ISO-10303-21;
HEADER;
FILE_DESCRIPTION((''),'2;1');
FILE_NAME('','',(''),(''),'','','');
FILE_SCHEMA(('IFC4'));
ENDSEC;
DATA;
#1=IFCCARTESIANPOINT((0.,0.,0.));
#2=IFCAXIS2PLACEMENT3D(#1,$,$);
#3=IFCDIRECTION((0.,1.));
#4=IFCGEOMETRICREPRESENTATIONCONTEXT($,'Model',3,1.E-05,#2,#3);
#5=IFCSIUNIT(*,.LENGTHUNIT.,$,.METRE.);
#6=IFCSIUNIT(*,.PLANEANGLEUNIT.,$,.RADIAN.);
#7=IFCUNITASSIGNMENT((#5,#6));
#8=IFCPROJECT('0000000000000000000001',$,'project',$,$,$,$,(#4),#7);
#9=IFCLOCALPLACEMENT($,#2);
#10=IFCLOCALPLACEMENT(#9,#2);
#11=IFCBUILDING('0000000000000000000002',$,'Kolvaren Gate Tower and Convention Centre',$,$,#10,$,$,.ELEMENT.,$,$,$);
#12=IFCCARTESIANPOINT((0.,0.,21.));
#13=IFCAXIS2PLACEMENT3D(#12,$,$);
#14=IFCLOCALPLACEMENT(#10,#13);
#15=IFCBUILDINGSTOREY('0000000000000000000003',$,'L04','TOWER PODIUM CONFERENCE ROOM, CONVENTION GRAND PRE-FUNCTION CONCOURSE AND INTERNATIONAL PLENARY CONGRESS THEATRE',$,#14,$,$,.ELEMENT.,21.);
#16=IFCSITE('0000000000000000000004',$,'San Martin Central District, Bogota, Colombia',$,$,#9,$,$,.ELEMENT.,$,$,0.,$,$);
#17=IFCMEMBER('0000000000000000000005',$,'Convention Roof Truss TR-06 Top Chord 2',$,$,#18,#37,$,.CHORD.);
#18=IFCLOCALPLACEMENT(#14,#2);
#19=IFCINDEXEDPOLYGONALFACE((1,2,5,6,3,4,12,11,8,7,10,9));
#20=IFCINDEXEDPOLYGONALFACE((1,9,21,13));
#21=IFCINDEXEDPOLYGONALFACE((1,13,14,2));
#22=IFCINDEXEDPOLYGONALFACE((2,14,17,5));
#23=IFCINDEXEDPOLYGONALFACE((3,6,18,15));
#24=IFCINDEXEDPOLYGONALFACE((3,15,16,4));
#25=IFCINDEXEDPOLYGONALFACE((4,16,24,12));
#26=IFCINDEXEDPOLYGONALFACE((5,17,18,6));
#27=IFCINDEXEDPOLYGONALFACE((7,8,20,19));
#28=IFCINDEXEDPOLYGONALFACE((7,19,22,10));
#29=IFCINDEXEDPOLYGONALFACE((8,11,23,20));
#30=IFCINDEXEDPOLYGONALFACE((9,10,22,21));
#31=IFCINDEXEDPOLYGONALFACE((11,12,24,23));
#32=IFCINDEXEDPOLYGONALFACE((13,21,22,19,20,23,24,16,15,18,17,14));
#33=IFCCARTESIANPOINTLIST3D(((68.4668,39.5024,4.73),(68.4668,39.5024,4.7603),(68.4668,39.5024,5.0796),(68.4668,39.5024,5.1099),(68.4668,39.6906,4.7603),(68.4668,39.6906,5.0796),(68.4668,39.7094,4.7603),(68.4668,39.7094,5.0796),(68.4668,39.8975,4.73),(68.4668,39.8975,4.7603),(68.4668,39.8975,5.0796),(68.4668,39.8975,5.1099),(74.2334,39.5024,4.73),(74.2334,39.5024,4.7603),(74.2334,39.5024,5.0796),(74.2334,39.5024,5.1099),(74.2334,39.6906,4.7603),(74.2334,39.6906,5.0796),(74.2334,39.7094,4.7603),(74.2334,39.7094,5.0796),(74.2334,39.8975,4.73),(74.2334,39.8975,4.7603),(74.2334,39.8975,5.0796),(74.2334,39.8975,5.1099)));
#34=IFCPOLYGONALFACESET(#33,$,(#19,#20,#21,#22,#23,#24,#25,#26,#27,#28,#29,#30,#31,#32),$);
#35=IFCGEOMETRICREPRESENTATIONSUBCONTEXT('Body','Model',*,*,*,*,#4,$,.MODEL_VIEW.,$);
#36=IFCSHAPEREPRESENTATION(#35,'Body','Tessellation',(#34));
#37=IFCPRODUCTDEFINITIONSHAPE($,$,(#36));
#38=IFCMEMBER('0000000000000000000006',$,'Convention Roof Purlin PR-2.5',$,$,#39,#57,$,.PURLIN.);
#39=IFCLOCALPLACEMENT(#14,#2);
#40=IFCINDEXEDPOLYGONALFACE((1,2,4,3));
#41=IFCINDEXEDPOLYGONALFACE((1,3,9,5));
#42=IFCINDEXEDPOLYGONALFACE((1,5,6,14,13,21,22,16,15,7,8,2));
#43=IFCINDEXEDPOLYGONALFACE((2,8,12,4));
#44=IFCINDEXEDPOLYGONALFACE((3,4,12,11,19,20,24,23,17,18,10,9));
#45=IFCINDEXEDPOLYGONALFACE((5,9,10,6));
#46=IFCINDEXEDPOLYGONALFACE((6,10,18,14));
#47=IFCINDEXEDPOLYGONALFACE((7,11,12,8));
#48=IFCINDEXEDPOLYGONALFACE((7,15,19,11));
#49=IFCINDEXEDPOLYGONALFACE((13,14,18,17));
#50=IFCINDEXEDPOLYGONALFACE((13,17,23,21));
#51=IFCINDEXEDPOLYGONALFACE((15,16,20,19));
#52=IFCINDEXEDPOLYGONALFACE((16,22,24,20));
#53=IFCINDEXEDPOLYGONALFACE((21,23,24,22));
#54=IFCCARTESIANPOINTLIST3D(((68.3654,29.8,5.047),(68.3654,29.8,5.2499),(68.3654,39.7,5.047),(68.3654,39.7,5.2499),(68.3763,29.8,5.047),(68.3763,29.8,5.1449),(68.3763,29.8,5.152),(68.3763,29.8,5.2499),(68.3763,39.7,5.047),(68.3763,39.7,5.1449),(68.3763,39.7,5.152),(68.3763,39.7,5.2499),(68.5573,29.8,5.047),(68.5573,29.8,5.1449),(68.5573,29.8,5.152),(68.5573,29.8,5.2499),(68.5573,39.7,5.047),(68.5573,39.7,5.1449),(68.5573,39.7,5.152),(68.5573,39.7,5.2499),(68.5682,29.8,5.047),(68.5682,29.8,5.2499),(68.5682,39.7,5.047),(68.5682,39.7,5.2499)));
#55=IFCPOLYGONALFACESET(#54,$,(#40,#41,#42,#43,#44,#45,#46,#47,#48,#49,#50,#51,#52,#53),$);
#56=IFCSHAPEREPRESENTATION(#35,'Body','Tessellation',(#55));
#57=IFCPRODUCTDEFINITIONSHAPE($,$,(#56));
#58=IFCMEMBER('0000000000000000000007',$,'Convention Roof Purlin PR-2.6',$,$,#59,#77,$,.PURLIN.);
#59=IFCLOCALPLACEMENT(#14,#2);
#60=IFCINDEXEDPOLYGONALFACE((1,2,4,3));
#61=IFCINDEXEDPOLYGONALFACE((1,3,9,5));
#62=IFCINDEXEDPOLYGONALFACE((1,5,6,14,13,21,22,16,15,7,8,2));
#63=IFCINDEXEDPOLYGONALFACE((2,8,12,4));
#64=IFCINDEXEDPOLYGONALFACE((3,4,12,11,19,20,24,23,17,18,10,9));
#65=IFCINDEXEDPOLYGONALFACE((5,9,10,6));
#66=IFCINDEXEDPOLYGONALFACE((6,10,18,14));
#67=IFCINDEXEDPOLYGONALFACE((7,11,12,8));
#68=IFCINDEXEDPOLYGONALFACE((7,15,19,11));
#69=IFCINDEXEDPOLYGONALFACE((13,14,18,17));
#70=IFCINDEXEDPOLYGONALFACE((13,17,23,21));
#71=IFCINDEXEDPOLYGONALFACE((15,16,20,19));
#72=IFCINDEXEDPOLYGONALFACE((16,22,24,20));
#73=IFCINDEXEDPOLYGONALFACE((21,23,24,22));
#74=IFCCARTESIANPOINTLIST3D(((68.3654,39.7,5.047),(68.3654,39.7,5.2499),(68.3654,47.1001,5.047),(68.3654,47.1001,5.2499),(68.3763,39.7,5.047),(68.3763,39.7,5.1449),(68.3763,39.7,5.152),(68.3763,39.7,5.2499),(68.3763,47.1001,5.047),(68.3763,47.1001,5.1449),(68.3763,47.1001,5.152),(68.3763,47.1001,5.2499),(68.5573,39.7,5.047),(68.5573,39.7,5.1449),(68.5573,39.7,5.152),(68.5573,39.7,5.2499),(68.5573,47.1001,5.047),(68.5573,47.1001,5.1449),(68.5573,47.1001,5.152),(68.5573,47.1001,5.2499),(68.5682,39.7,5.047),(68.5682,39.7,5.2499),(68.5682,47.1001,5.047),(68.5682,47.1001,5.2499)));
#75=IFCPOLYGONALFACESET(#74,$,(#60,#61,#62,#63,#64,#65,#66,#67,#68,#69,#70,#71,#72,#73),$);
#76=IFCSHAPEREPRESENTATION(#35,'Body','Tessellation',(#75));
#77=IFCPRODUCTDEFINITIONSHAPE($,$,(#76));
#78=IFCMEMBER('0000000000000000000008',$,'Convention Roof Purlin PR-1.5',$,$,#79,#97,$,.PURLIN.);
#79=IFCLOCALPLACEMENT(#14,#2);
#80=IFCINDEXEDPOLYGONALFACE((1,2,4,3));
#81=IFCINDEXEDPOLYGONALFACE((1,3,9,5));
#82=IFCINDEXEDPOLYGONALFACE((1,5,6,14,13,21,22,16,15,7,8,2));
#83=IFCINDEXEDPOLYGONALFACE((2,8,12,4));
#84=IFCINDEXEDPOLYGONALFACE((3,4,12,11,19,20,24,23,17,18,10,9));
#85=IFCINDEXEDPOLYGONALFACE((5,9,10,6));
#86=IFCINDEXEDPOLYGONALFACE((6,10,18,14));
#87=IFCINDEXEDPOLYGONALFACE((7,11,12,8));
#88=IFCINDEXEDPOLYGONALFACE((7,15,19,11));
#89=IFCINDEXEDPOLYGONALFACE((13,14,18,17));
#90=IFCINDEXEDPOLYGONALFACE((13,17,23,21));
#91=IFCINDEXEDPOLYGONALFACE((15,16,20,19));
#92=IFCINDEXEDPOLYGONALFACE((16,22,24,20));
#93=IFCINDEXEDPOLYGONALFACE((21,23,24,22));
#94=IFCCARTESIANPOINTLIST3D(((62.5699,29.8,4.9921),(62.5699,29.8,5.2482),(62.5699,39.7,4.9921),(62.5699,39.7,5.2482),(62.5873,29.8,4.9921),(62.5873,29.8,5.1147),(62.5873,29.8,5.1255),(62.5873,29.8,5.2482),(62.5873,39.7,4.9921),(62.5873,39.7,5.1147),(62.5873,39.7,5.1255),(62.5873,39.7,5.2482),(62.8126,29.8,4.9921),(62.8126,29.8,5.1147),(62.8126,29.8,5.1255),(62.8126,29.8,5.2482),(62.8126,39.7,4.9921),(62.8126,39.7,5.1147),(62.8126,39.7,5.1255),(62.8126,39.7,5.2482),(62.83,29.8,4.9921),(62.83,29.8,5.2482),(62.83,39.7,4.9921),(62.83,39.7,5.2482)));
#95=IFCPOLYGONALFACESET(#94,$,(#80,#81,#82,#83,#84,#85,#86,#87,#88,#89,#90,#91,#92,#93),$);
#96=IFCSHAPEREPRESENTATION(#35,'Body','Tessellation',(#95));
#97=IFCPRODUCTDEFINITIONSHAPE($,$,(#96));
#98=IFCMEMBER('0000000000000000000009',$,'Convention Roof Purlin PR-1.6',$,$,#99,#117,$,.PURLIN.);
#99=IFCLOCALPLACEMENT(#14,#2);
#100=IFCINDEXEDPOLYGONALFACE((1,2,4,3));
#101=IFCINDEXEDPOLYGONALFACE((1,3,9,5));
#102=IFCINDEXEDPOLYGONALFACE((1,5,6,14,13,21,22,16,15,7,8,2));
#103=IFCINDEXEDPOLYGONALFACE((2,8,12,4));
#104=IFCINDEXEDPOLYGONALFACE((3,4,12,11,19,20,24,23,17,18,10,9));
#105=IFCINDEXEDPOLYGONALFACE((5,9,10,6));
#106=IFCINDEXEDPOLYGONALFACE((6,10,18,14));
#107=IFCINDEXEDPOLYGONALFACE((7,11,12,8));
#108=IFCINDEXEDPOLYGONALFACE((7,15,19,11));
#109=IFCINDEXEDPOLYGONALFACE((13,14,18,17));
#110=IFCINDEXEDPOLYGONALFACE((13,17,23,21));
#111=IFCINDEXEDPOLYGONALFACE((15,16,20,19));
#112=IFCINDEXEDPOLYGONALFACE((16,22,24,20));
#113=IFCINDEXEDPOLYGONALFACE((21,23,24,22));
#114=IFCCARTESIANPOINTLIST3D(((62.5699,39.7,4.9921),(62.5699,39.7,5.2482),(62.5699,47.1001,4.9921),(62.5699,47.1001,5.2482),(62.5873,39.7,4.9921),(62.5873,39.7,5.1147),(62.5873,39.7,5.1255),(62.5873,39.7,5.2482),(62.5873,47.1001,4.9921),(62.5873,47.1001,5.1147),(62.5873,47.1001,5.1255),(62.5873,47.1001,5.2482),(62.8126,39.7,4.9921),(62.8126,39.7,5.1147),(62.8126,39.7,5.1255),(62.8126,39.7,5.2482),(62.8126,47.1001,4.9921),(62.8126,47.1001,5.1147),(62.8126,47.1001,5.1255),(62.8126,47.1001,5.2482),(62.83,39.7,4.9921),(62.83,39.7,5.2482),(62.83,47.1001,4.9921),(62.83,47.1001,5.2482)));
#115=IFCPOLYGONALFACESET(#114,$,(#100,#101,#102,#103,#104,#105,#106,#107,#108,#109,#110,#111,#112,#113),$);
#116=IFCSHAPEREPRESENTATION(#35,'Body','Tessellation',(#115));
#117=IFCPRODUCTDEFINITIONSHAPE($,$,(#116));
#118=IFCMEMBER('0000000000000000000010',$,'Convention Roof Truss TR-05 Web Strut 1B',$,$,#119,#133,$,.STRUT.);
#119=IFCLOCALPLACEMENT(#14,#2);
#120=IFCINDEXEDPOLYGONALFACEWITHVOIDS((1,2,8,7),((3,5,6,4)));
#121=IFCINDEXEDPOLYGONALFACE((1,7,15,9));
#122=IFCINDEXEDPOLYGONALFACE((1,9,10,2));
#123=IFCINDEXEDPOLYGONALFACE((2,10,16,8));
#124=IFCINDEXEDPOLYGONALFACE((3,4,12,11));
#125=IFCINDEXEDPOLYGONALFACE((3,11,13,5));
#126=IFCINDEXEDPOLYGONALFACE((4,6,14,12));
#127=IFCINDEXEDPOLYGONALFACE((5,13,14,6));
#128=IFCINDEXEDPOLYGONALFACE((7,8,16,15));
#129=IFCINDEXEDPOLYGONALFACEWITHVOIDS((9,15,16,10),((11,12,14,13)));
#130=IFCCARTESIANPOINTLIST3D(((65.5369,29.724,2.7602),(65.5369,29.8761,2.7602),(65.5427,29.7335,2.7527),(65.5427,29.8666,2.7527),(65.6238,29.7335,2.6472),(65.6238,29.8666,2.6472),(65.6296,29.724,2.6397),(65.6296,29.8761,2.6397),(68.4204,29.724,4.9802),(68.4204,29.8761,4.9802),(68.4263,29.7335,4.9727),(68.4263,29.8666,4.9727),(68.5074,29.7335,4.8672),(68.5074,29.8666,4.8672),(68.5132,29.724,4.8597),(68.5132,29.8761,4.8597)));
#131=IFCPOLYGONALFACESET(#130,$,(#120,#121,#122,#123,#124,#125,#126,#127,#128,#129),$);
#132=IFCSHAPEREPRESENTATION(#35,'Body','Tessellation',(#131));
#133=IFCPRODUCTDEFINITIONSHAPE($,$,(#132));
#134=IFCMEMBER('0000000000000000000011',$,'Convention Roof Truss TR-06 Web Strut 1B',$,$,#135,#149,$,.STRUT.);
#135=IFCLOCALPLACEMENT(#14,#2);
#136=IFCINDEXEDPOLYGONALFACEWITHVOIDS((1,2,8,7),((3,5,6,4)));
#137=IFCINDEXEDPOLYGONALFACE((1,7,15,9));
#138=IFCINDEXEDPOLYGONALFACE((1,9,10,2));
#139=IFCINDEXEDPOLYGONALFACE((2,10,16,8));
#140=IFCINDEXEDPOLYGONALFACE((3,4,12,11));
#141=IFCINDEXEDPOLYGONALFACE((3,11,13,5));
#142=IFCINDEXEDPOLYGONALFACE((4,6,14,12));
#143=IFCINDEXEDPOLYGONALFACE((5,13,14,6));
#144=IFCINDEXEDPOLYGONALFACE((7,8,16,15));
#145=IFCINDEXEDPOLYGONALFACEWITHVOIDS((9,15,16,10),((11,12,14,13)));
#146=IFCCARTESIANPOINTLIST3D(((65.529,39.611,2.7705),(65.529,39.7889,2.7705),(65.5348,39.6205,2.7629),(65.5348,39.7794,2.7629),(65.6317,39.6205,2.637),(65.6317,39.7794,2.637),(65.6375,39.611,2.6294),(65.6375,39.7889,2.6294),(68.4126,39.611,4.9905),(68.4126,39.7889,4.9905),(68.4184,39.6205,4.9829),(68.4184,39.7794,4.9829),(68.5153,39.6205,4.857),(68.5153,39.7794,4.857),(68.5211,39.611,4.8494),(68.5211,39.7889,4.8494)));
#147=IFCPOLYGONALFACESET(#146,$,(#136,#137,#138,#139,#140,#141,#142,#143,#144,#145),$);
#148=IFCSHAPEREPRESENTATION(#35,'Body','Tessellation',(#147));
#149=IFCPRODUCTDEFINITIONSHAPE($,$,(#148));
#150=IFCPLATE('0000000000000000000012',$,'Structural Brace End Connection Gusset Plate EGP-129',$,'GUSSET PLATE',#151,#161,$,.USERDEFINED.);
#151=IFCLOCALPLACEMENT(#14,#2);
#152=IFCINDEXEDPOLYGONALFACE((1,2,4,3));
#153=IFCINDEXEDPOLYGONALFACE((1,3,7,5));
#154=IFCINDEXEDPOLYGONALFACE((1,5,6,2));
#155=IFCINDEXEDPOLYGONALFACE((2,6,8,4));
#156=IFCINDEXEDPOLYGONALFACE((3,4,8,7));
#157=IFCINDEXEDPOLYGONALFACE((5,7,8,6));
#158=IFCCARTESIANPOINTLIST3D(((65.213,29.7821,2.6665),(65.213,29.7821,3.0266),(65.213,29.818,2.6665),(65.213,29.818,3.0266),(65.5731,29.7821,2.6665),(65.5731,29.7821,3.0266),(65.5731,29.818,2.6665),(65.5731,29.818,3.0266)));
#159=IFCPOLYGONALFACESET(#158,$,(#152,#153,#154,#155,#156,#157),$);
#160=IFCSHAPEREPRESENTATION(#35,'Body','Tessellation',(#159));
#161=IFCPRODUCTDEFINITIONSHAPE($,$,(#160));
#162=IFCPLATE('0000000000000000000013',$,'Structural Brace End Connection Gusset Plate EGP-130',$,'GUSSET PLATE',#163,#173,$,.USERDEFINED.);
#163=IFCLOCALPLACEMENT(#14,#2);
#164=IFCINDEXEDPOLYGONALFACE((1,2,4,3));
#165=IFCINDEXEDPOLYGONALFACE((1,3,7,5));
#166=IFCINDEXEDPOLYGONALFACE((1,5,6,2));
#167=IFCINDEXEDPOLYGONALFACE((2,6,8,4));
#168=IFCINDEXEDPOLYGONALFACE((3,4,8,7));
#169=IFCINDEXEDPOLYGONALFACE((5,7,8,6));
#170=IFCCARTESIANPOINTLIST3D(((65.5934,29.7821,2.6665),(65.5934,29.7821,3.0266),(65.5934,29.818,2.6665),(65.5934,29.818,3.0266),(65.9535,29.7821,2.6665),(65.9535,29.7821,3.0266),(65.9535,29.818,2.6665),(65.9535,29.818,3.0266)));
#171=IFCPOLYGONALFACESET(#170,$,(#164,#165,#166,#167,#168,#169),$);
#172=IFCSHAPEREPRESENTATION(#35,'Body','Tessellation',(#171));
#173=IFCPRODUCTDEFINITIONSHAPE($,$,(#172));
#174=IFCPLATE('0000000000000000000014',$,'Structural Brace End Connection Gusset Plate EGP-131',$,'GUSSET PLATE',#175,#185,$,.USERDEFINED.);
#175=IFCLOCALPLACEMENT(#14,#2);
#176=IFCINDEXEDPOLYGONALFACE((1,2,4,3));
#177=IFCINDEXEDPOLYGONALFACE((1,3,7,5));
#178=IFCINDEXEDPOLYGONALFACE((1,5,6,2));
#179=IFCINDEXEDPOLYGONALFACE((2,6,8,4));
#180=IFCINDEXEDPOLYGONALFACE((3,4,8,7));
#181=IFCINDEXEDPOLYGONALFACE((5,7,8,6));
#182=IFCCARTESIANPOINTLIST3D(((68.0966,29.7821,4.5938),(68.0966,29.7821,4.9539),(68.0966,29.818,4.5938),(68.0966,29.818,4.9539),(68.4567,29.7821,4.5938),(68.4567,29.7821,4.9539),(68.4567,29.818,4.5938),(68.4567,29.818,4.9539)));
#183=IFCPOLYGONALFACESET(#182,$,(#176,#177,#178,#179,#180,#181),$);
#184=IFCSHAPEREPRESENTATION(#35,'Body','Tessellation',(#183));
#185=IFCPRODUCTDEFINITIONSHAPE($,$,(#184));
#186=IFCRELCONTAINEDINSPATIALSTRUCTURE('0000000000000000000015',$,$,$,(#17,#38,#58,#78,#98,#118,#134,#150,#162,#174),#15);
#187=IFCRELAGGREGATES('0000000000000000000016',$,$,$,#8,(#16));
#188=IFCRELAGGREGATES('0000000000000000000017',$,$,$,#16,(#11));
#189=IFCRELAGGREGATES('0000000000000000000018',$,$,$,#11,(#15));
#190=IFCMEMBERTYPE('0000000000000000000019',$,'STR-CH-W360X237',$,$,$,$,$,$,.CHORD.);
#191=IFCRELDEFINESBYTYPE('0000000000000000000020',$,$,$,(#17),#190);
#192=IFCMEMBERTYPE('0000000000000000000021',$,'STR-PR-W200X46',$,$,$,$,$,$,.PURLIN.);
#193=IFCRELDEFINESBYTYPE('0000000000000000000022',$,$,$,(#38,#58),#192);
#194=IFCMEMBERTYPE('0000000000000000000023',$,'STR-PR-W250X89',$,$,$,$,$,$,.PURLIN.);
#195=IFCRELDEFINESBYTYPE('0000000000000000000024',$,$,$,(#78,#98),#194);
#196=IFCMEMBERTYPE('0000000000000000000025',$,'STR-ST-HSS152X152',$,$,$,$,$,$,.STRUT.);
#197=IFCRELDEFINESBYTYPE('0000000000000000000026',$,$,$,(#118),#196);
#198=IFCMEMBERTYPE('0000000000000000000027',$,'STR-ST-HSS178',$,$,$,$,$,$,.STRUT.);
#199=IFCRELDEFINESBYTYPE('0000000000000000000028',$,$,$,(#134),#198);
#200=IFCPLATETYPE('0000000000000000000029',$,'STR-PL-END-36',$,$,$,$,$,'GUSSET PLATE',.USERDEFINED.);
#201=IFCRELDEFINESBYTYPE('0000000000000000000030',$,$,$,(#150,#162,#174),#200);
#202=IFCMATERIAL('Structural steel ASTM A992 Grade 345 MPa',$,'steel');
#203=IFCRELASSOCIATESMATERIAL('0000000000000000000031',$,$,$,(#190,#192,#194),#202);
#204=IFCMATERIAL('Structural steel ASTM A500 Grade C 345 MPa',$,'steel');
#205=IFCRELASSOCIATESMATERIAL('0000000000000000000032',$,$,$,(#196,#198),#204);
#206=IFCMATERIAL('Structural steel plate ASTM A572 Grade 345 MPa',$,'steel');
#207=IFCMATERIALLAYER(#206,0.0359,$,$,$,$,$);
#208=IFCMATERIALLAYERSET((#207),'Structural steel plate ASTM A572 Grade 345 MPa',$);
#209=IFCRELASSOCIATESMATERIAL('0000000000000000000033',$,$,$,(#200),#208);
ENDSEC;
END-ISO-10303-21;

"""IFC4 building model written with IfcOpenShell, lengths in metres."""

from ifc_helpers import new_model, si_unit, direction, frame, origin, origin_2d, place, context, subcontext, project, spatial, rectangle, hollow_rectangle, i_section, extrude, material, layer, layer_set, material_profile, profile_set, type_object, element, save


model = new_model("IFC4")

# Units and contexts
model_context = context("Model", 3, precision=1e-05, world=origin(), true_north=direction((0.0, 1.0)))
body_context = subcontext(model_context, "Body", "Model", "MODEL_VIEW")
ifc_project = project(units=[si_unit("LENGTHUNIT", "METRE"), si_unit("PLANEANGLEUNIT", "RADIAN")], contexts=[model_context])

# Site, building, storey
site_placement = place(None, origin())
site = spatial("IfcSite", under=ifc_project, at=site_placement, Name="San Martin Central District, Bogota, Colombia", CompositionType="ELEMENT", RefElevation=0.0)
building_placement = place(site_placement, origin())
building = spatial("IfcBuilding", under=site, at=building_placement, Name="Kolvaren Gate Tower and Convention Centre", CompositionType="ELEMENT")
storey_placement = place(building_placement, frame((0.0, 0.0, 21.0)))
storey = spatial("IfcBuildingStorey", under=building, at=storey_placement, Name="L04", Description="TOWER PODIUM CONFERENCE ROOM, CONVENTION GRAND PRE-FUNCTION CONCOURSE AND INTERNATIONAL PLENARY CONGRESS THEATRE", CompositionType="ELEMENT", Elevation=21.0)

# Members
ifc_material_1 = material(Name="Structural steel ASTM A500 Grade C 345 MPa", Category="steel")
ifc_material_2 = material(Name="Structural steel ASTM A992 Grade 345 MPa", Category="steel")
ifc_material_profile_1 = material_profile(ifc_material_2, i_section(OverallWidth=0.395, OverallDepth=0.3799, WebThickness=0.0188, FlangeThickness=0.0303, at=origin_2d()), Name="W360X237")
ifc_profile_set_1 = profile_set([ifc_material_profile_1], Name="Structural steel ASTM A992 Grade 345 MPa")
member_type_1 = type_object("IfcMemberType", Name="STR-CH-W360X237", PredefinedType="CHORD", material=ifc_profile_set_1)
member_1_placement = place(storey_placement, frame((68.4668, 39.7, 4.9199), z_axis=(1.0, 0.0, 0.0), x_axis=(0.0, 1.0, 0.0)))
element("IfcMember", 1, at=member_1_placement, inside=storey, type_object=member_type_1, Name="Convention Roof Truss TR-06 Top Chord 2", PredefinedType="CHORD", context=body_context, shape_type="SweptSolid", body=[
    extrude(i_section(OverallWidth=0.395, OverallDepth=0.3799, WebThickness=0.0188, FlangeThickness=0.0303, at=origin_2d()), origin(), (0.0, 0.0, 1.0), 5.7666),
])
ifc_material_profile_2 = material_profile(ifc_material_2, i_section(OverallWidth=0.2029, OverallDepth=0.2029, WebThickness=0.0071, FlangeThickness=0.011, at=origin_2d()), Name="W200X46")
ifc_profile_set_2 = profile_set([ifc_material_profile_2], Name="Structural steel ASTM A992 Grade 345 MPa")
member_type_2 = type_object("IfcMemberType", Name="STR-PR-W200X46", PredefinedType="PURLIN", material=ifc_profile_set_2)
member_2_placement = place(storey_placement, frame((68.4668, 29.8, 5.1484), z_axis=(0.0, 1.0, 0.0), x_axis=(0.0, 0.0, 1.0)))
element("IfcMember", 2, at=member_2_placement, inside=storey, type_object=member_type_2, Name="Convention Roof Purlin PR-2.5", PredefinedType="PURLIN", context=body_context, shape_type="SweptSolid", body=[
    extrude(i_section(OverallWidth=0.2029, OverallDepth=0.2029, WebThickness=0.0071, FlangeThickness=0.011, at=origin_2d()), origin(), (0.0, 0.0, 1.0), 9.8999),
])
member_3_placement = place(storey_placement, frame((68.4668, 39.7, 5.1484), z_axis=(0.0, 1.0, 0.0), x_axis=(0.0, 0.0, 1.0)))
element("IfcMember", 3, at=member_3_placement, inside=storey, type_object=member_type_2, Name="Convention Roof Purlin PR-2.6", PredefinedType="PURLIN", context=body_context, shape_type="SweptSolid", body=[
    extrude(i_section(OverallWidth=0.2029, OverallDepth=0.2029, WebThickness=0.0071, FlangeThickness=0.011, at=origin_2d()), origin(), (0.0, 0.0, 1.0), 7.4001),
])
ifc_material_profile_3 = material_profile(ifc_material_2, i_section(OverallWidth=0.2561, OverallDepth=0.26, WebThickness=0.0107, FlangeThickness=0.0173, at=origin_2d()), Name="W250X89")
ifc_profile_set_3 = profile_set([ifc_material_profile_3], Name="Structural steel ASTM A992 Grade 345 MPa")
member_type_3 = type_object("IfcMemberType", Name="STR-PR-W250X89", PredefinedType="PURLIN", material=ifc_profile_set_3)
member_4_placement = place(storey_placement, frame((62.7, 29.8, 5.1201), z_axis=(0.0, 1.0, 0.0), x_axis=(0.0, 0.0, 1.0)))
element("IfcMember", 4, at=member_4_placement, inside=storey, type_object=member_type_3, Name="Convention Roof Purlin PR-1.5", PredefinedType="PURLIN", context=body_context, shape_type="SweptSolid", body=[
    extrude(i_section(OverallWidth=0.2561, OverallDepth=0.26, WebThickness=0.0107, FlangeThickness=0.0173, at=origin_2d()), origin(), (0.0, 0.0, 1.0), 9.8999),
])
member_5_placement = place(storey_placement, frame((62.7, 39.7, 5.1201), z_axis=(0.0, 1.0, 0.0), x_axis=(0.0, 0.0, 1.0)))
element("IfcMember", 5, at=member_5_placement, inside=storey, type_object=member_type_3, Name="Convention Roof Purlin PR-1.6", PredefinedType="PURLIN", context=body_context, shape_type="SweptSolid", body=[
    extrude(i_section(OverallWidth=0.2561, OverallDepth=0.26, WebThickness=0.0107, FlangeThickness=0.0173, at=origin_2d()), origin(), (0.0, 0.0, 1.0), 7.4001),
])
ifc_material_profile_4 = material_profile(ifc_material_1, hollow_rectangle(XDim=0.1521, YDim=0.1521, WallThickness=0.0095, at=origin_2d()), Name="HSS152X152X9.5")
ifc_profile_set_4 = profile_set([ifc_material_profile_4], Name="Structural steel ASTM A500 Grade C 345 MPa")
member_type_4 = type_object("IfcMemberType", Name="STR-ST-HSS152X152", PredefinedType="STRUT", material=ifc_profile_set_4)
member_6_placement = place(storey_placement, frame((65.5833, 29.8, 2.7), z_axis=(0.792377, 0.0, 0.610032), x_axis=(0.0, 1.0, 0.0)))
element("IfcMember", 6, at=member_6_placement, inside=storey, type_object=member_type_4, Name="Convention Roof Truss TR-05 Web Strut 1B", PredefinedType="STRUT", context=body_context, shape_type="SweptSolid", body=[
    extrude(hollow_rectangle(XDim=0.1521, YDim=0.1521, WallThickness=0.0095, at=origin_2d()), origin(), (0.0, 0.0, 1.0), 3.6392),
])
ifc_material_profile_5 = material_profile(ifc_material_1, hollow_rectangle(XDim=0.178, YDim=0.178, WallThickness=0.0095, at=origin_2d()), Name="HSS178X178X9.5")
ifc_profile_set_5 = profile_set([ifc_material_profile_5], Name="Structural steel ASTM A500 Grade C 345 MPa")
member_type_5 = type_object("IfcMemberType", Name="STR-ST-HSS178", PredefinedType="STRUT", material=ifc_profile_set_5)
member_7_placement = place(storey_placement, frame((65.5833, 39.7, 2.7), z_axis=(0.792377, 0.0, 0.610032), x_axis=(0.0, 1.0, 0.0)))
element("IfcMember", 7, at=member_7_placement, inside=storey, type_object=member_type_5, Name="Convention Roof Truss TR-06 Web Strut 1B", PredefinedType="STRUT", context=body_context, shape_type="SweptSolid", body=[
    extrude(hollow_rectangle(XDim=0.178, YDim=0.178, WallThickness=0.0095, at=origin_2d()), origin(), (0.0, 0.0, 1.0), 3.6392),
])

# Plates
ifc_material_3 = material(Name="Structural steel plate ASTM A572 Grade 345 MPa", Category="steel")
ifc_layer_1 = layer(ifc_material_3, 0.0359)
ifc_layer_set_1 = layer_set([ifc_layer_1], Name="Structural steel plate ASTM A572 Grade 345 MPa")
plate_type_1 = type_object("IfcPlateType", Name="STR-PL-END-36", ElementType="GUSSET PLATE", PredefinedType="USERDEFINED", material=ifc_layer_set_1)
for number, where, z_axis, x_axis, name in (
    (8, (65.3931, 29.8, 2.6665), (0.0, 0.0, 1.0), (1.0, 0.0, 0.0), "Structural Brace End Connection Gusset Plate EGP-129"),
    (9, (65.7734, 29.8, 2.6665), (0.0, 0.0, 1.0), (1.0, 0.0, 0.0), "Structural Brace End Connection Gusset Plate EGP-130"),
    (10, (68.2766, 29.8, 4.5938), (0.0, 0.0, 1.0), (1.0, 0.0, 0.0), "Structural Brace End Connection Gusset Plate EGP-131"),
):
    element("IfcPlate", number, at=place(storey_placement, frame(where, z_axis=z_axis, x_axis=x_axis)), inside=storey, type_object=plate_type_1, Name=name, ObjectType="GUSSET PLATE", PredefinedType="USERDEFINED", context=body_context, shape_type="SweptSolid", body=[
        extrude(rectangle(XDim=0.3601, YDim=0.0359, at=origin_2d()), origin(), (0.0, 0.0, 1.0), 0.3601),
    ])

save(model, "model.ifc")
